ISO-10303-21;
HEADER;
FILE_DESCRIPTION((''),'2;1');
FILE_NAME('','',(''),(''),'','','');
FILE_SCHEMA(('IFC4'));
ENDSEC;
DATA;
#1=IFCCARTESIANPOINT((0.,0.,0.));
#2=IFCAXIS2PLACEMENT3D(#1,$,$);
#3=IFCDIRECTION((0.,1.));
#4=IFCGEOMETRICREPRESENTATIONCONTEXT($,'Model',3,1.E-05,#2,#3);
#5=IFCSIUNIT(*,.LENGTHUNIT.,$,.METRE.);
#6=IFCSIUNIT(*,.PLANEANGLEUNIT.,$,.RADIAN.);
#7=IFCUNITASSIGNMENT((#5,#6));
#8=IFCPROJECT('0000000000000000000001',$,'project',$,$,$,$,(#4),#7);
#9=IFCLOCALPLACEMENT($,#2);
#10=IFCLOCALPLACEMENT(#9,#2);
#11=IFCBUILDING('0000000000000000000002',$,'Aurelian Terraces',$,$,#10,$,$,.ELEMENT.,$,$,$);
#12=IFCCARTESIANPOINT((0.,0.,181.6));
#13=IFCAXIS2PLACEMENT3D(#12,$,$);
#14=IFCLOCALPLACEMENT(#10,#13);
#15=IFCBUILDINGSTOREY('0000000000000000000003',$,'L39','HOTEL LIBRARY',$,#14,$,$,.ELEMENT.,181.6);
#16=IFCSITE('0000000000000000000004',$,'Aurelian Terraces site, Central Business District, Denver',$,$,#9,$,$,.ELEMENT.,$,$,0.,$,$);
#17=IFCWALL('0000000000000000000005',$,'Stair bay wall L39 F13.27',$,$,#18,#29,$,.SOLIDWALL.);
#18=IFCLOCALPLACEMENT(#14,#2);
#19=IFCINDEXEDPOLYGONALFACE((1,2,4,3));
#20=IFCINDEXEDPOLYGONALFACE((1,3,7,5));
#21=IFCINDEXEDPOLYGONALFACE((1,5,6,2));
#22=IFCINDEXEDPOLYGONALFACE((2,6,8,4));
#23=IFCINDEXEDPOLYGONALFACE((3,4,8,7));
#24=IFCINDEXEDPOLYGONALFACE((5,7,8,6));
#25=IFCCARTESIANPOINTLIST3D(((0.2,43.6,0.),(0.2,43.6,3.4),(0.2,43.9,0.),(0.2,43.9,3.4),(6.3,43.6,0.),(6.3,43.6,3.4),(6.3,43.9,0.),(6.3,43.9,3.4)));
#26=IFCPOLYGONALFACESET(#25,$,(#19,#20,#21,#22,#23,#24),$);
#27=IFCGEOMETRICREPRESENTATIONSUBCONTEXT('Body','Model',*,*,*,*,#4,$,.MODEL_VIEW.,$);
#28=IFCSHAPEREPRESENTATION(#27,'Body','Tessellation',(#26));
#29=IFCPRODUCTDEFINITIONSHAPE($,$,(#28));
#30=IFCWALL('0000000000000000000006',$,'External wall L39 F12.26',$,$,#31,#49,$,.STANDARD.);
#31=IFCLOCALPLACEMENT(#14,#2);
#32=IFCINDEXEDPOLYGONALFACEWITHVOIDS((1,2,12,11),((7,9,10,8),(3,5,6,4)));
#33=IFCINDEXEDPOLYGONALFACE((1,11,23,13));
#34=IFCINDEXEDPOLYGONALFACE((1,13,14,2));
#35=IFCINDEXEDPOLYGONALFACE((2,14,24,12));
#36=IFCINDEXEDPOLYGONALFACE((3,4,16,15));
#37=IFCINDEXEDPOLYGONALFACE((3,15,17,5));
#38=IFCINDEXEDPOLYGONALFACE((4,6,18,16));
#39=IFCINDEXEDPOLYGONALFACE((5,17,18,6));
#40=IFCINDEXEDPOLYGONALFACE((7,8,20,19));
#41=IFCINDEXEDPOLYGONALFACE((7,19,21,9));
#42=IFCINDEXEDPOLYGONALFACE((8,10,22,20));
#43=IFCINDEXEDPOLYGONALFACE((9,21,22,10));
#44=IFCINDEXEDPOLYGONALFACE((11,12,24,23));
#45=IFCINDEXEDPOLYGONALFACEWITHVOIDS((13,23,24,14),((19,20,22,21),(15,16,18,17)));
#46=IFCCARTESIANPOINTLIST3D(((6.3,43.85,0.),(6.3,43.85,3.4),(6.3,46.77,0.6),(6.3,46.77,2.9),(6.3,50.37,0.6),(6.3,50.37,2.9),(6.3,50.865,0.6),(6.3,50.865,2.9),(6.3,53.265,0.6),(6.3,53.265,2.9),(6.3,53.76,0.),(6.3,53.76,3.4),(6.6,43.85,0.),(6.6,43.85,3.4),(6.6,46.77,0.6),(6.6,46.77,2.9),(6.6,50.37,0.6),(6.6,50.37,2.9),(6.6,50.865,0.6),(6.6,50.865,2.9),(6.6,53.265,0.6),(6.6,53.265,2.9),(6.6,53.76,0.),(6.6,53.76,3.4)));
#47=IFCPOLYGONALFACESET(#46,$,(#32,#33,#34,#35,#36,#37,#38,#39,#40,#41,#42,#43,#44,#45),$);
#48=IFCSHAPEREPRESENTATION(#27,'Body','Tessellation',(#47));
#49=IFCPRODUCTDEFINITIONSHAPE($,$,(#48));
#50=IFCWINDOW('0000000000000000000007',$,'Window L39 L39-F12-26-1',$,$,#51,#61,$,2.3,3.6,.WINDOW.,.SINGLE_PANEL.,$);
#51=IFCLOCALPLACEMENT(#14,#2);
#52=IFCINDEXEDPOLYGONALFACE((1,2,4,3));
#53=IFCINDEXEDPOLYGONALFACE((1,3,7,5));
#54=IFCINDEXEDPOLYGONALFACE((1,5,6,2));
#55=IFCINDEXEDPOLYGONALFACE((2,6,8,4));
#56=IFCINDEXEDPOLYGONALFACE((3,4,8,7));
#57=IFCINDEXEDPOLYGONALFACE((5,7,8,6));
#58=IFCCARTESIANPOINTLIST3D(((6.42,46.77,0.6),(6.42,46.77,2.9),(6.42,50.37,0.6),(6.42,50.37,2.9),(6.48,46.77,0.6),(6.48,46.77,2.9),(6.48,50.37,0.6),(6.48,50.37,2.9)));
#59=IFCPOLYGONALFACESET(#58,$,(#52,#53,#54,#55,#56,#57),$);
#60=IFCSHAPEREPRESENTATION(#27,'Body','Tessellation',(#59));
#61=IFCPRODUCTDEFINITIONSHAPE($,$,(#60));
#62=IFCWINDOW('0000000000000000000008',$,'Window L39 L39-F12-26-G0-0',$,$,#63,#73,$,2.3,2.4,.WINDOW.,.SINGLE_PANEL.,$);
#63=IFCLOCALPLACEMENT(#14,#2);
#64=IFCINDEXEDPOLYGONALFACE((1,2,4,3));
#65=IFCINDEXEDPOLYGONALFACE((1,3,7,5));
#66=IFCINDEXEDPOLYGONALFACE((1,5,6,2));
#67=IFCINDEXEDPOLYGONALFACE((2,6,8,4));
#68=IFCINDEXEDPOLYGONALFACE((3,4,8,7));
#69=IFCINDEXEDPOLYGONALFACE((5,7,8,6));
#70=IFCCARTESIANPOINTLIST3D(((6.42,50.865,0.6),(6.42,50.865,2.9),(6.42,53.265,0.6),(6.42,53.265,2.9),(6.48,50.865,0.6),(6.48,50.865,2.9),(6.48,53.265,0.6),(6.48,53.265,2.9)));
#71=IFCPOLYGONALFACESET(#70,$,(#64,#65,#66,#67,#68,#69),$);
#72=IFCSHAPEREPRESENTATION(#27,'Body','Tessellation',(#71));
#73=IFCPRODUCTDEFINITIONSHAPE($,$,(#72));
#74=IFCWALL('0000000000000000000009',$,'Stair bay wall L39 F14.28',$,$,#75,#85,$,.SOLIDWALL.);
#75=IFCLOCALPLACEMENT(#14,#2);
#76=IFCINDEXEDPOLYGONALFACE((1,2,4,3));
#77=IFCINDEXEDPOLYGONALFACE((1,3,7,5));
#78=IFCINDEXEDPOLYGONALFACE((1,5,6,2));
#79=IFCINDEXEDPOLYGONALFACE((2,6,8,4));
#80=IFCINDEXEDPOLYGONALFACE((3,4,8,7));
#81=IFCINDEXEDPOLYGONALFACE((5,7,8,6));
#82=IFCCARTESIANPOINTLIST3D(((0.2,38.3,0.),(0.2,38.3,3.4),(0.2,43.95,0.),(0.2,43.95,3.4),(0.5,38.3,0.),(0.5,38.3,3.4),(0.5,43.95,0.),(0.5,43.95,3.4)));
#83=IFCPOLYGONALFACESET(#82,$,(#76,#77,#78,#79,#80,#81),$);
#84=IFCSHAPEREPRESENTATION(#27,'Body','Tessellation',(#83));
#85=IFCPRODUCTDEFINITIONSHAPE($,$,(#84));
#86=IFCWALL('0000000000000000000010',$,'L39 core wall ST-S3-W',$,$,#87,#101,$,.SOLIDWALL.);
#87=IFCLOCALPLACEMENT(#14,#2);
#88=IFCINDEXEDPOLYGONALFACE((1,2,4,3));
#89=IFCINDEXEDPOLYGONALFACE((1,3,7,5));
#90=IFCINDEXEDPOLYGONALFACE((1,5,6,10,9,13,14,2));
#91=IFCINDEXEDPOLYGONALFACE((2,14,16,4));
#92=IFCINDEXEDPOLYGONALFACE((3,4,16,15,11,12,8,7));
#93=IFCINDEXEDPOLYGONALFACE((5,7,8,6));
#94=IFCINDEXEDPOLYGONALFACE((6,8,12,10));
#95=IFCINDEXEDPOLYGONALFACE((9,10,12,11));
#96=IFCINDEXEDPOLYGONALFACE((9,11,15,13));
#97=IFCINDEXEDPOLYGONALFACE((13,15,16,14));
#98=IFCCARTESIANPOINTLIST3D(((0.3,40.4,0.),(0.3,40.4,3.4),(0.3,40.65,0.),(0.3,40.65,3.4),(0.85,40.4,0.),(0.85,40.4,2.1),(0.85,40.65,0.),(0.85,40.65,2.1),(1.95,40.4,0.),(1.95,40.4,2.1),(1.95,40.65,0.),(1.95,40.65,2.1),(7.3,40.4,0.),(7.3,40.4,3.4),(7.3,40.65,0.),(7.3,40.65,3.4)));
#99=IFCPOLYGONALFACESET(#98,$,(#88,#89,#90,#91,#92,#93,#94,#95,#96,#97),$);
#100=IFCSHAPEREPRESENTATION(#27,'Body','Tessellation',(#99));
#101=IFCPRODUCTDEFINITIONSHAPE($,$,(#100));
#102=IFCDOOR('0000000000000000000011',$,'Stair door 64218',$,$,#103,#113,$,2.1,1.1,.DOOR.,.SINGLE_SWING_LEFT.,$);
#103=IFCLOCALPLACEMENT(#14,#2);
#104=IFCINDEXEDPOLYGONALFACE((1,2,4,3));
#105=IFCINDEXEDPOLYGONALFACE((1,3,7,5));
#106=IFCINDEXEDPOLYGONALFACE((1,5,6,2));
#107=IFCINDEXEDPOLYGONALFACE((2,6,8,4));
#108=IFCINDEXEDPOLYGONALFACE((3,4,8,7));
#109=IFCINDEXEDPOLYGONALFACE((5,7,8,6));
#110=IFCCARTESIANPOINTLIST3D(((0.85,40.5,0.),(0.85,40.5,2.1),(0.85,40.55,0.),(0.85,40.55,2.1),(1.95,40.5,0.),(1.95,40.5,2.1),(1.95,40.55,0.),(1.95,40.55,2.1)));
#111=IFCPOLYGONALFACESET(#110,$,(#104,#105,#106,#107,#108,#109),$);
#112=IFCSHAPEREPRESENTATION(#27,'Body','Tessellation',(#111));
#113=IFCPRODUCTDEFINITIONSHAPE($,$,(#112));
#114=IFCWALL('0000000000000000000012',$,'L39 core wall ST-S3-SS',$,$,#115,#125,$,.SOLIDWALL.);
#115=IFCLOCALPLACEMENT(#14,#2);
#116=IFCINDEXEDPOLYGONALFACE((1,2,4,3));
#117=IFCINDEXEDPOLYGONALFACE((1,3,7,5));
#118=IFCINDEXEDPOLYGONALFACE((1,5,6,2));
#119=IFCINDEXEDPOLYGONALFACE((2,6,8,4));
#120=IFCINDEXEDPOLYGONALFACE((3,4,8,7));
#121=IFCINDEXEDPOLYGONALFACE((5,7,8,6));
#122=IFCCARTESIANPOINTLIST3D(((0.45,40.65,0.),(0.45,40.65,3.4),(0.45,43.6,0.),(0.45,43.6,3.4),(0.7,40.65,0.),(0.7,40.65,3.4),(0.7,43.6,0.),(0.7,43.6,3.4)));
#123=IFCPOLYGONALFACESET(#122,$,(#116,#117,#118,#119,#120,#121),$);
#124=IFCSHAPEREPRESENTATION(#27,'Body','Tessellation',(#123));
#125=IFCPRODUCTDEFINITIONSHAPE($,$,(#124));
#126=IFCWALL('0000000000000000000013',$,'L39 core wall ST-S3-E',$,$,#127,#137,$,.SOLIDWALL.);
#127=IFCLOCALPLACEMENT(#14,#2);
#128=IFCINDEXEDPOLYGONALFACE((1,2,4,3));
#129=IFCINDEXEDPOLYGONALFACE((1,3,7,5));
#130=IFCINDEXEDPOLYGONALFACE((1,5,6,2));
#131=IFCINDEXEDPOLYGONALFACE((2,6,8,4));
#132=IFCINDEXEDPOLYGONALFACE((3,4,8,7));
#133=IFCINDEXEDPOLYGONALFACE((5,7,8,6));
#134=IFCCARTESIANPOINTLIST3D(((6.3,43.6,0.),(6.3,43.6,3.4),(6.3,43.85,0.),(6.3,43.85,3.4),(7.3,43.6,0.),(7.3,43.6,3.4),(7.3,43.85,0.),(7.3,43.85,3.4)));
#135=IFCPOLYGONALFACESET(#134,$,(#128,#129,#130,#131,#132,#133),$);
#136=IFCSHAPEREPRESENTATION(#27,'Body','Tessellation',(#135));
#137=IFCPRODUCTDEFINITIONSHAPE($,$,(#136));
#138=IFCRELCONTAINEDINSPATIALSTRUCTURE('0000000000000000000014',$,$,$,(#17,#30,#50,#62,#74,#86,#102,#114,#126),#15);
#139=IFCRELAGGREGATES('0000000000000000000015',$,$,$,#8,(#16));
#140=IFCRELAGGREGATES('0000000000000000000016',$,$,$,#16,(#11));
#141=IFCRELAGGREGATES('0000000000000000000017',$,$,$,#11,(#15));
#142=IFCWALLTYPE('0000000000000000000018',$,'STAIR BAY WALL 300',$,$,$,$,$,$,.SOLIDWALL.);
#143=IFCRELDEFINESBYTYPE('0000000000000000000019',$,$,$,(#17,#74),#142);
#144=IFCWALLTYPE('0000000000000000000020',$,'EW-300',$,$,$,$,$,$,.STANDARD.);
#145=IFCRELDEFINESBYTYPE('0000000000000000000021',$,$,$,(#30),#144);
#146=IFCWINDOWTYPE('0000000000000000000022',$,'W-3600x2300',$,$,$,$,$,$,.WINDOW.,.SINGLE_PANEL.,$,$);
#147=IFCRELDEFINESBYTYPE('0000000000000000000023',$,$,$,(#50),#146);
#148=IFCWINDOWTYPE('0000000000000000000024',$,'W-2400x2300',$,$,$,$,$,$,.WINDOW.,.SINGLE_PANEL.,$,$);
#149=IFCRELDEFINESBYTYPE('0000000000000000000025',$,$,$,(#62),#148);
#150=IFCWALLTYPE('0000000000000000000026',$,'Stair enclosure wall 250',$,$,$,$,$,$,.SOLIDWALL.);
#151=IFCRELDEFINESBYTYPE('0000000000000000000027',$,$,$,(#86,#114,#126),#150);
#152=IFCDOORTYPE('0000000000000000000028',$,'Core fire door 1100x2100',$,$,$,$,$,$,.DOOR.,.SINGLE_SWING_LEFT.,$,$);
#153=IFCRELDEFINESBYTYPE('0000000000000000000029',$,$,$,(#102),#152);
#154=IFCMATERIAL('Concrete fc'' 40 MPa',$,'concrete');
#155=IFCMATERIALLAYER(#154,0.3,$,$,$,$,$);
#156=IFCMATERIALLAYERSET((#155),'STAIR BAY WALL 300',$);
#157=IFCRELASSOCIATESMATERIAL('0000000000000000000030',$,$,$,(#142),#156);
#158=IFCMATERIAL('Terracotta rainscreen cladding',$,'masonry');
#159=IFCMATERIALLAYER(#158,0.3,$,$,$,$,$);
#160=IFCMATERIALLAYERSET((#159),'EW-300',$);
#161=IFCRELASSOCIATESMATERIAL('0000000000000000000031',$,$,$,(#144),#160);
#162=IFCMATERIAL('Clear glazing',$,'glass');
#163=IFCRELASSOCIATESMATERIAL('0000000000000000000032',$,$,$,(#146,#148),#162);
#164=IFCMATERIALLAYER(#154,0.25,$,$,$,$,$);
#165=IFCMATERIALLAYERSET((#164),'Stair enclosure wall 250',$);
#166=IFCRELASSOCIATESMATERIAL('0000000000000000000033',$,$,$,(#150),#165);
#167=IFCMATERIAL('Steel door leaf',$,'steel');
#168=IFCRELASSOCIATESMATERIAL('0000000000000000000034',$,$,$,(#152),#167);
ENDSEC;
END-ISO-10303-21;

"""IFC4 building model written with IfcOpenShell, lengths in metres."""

from ifc_helpers import new_model, si_unit, direction, frame, frame_2d, origin, place, context, subcontext, project, spatial, rectangle, extrude, source, transform, mapped, material, layer, layer_set, type_object, element, fill, save


model = new_model("IFC4")

# Units and contexts
model_context = context("Model", 3, precision=1e-05, world=origin(), true_north=direction((0.0, 1.0)))
body_context = subcontext(model_context, "Body", "Model", "MODEL_VIEW")
ifc_project = project(units=[si_unit("LENGTHUNIT", "METRE"), si_unit("PLANEANGLEUNIT", "RADIAN")], contexts=[model_context])

# Site, building, storey
site_placement = place(None, origin())
site = spatial("IfcSite", under=ifc_project, at=site_placement, Name="Aurelian Terraces site, Central Business District, Denver", CompositionType="ELEMENT", RefElevation=0.0)
building_placement = place(site_placement, origin())
building = spatial("IfcBuilding", under=site, at=building_placement, Name="Aurelian Terraces", CompositionType="ELEMENT")
storey_placement = place(building_placement, frame((0.0, 0.0, 181.6)))
storey = spatial("IfcBuildingStorey", under=building, at=storey_placement, Name="L39", Description="HOTEL LIBRARY", CompositionType="ELEMENT", Elevation=181.6)

# Wall
ifc_material_1 = material(Name="Concrete fc' 40 MPa", Category="concrete")
ifc_layer_1 = layer(ifc_material_1, 0.3)
ifc_layer_set_1 = layer_set([ifc_layer_1], Name="STAIR BAY WALL 300")
wall_type_1 = type_object("IfcWallType", Name="STAIR BAY WALL 300", PredefinedType="SOLIDWALL", material=ifc_layer_set_1)
shared_shape_1 = source(origin(), body_context, "Body", "SweptSolid", [
    extrude(rectangle(XDim=6.1, YDim=0.3, at=frame_2d((3.05, 0.0))), origin(), (0.0, 0.0, 1.0), 3.4),
])
wall_1_placement = place(storey_placement, frame((6.3, 43.75, 0.0), z_axis=(0.0, 0.0, 1.0), x_axis=(-1.0, 0.0, 0.0)))
element("IfcWall", 1, at=wall_1_placement, inside=storey, type_object=wall_type_1, Name="Stair bay wall L39 F13.27", PredefinedType="SOLIDWALL", context=body_context, shape_type="MappedRepresentation", body=[
    mapped(shared_shape_1, transform((0.0, 0.0, 0.0), scale=1.0)),
])

# Wall, openings, windows
ifc_material_2 = material(Name="Terracotta rainscreen cladding", Category="masonry")
ifc_layer_2 = layer(ifc_material_2, 0.3)
ifc_layer_set_2 = layer_set([ifc_layer_2], Name="EW-300")
wall_type_2 = type_object("IfcWallType", Name="EW-300", PredefinedType="STANDARD", material=ifc_layer_set_2)
shared_shape_2 = source(origin(), body_context, "Body", "SweptSolid", [
    extrude(rectangle(XDim=9.91, YDim=0.3, at=frame_2d((4.955, 0.0))), origin(), (0.0, 0.0, 1.0), 3.4),
])
wall_2_placement = place(storey_placement, frame((6.45, 53.76, 0.0), z_axis=(0.0, 0.0, 1.0), x_axis=(0.0, -1.0, 0.0)))
wall_2 = element("IfcWall", 2, at=wall_2_placement, inside=storey, type_object=wall_type_2, Name="External wall L39 F12.26", PredefinedType="STANDARD", context=body_context, shape_type="MappedRepresentation", body=[
    mapped(shared_shape_2, transform((0.0, 0.0, 0.0), scale=1.0)),
])
shared_shape_3 = source(origin(), body_context, "Body", "SweptSolid", [
    extrude(rectangle(XDim=3.6, YDim=2.3, at=frame_2d((1.8, 1.15))), frame((0.0, 0.16, 0.0), z_axis=(0.0, -1.0, 0.0), x_axis=(1.0, 0.0, 0.0)), (0.0, 0.0, 1.0), 0.32),
])
opening_1_placement = place(wall_2_placement, frame((3.39, 0.0, 0.6)))
opening_1 = element("IfcOpeningElement", 3, at=opening_1_placement, cuts=wall_2, PredefinedType="OPENING", context=body_context, shape_type="MappedRepresentation", body=[
    mapped(shared_shape_3, transform((0.0, 0.0, 0.0), scale=1.0)),
])
shared_shape_4 = source(origin(), body_context, "Body", "SweptSolid", [
    extrude(rectangle(XDim=2.4, YDim=2.3, at=frame_2d((1.2, 1.15))), frame((0.0, 0.16, 0.0), z_axis=(0.0, -1.0, 0.0), x_axis=(1.0, 0.0, 0.0)), (0.0, 0.0, 1.0), 0.32),
])
opening_2_placement = place(wall_2_placement, frame((0.495, 0.0, 0.6)))
opening_2 = element("IfcOpeningElement", 4, at=opening_2_placement, cuts=wall_2, PredefinedType="OPENING", context=body_context, shape_type="MappedRepresentation", body=[
    mapped(shared_shape_4, transform((0.0, 0.0, 0.0), scale=1.0)),
])
ifc_material_3 = material(Name="Clear glazing", Category="glass")
window_type_1 = type_object("IfcWindowType", Name="W-3600x2300", PartitioningType="SINGLE_PANEL", PredefinedType="WINDOW", material=ifc_material_3)
shared_shape_5 = source(origin(), body_context, "Body", "SweptSolid", [
    extrude(rectangle(XDim=3.6, YDim=2.3, at=frame_2d((1.8, 1.15))), frame((0.0, 0.03, 0.0), z_axis=(0.0, -1.0, 0.0), x_axis=(1.0, 0.0, 0.0)), (0.0, 0.0, 1.0), 0.06),
])
window_1_placement = place(opening_1_placement, origin())
window_1 = element("IfcWindow", 5, at=window_1_placement, inside=storey, type_object=window_type_1, Name="Window L39 L39-F12-26-1", OverallHeight=2.3, OverallWidth=3.6, PartitioningType="SINGLE_PANEL", PredefinedType="WINDOW", context=body_context, shape_type="MappedRepresentation", body=[
    mapped(shared_shape_5, transform((0.0, 0.0, 0.0), scale=1.0)),
])
fill(opening_1, window_1)
window_type_2 = type_object("IfcWindowType", Name="W-2400x2300", PartitioningType="SINGLE_PANEL", PredefinedType="WINDOW", material=ifc_material_3)
shared_shape_6 = source(origin(), body_context, "Body", "SweptSolid", [
    extrude(rectangle(XDim=2.4, YDim=2.3, at=frame_2d((1.2, 1.15))), frame((0.0, 0.03, 0.0), z_axis=(0.0, -1.0, 0.0), x_axis=(1.0, 0.0, 0.0)), (0.0, 0.0, 1.0), 0.06),
])
window_2_placement = place(opening_2_placement, origin())
window_2 = element("IfcWindow", 6, at=window_2_placement, inside=storey, type_object=window_type_2, Name="Window L39 L39-F12-26-G0-0", OverallHeight=2.3, OverallWidth=2.4, PartitioningType="SINGLE_PANEL", PredefinedType="WINDOW", context=body_context, shape_type="MappedRepresentation", body=[
    mapped(shared_shape_6, transform((0.0, 0.0, 0.0), scale=1.0)),
])
fill(opening_2, window_2)

# Wall
shared_shape_7 = source(origin(), body_context, "Body", "SweptSolid", [
    extrude(rectangle(XDim=5.65, YDim=0.3, at=frame_2d((2.825, 0.0))), origin(), (0.0, 0.0, 1.0), 3.4),
])
wall_3_placement = place(storey_placement, frame((0.35, 43.95, 0.0), z_axis=(0.0, 0.0, 1.0), x_axis=(0.0, -1.0, 0.0)))
element("IfcWall", 7, at=wall_3_placement, inside=storey, type_object=wall_type_1, Name="Stair bay wall L39 F14.28", PredefinedType="SOLIDWALL", context=body_context, shape_type="MappedRepresentation", body=[
    mapped(shared_shape_7, transform((0.0, 0.0, 0.0), scale=1.0)),
])

# Wall, opening, door
ifc_layer_3 = layer(ifc_material_1, 0.25)
ifc_layer_set_3 = layer_set([ifc_layer_3], Name="Stair enclosure wall 250")
wall_type_3 = type_object("IfcWallType", Name="Stair enclosure wall 250", PredefinedType="SOLIDWALL", material=ifc_layer_set_3)
shared_shape_8 = source(origin(), body_context, "Body", "SweptSolid", [
    extrude(rectangle(XDim=7.0, YDim=0.25, at=frame_2d((3.5, 0.0))), origin(), (0.0, 0.0, 1.0), 3.4),
])
wall_4_placement = place(storey_placement, frame((0.3, 40.525, 0.0), z_axis=(0.0, 0.0, 1.0), x_axis=(1.0, 0.0, 0.0)))
wall_4 = element("IfcWall", 8, at=wall_4_placement, inside=storey, type_object=wall_type_3, Name="L39 core wall ST-S3-W", PredefinedType="SOLIDWALL", context=body_context, shape_type="MappedRepresentation", body=[
    mapped(shared_shape_8, transform((0.0, 0.0, 0.0), scale=1.0)),
])
shared_shape_9 = source(origin(), body_context, "Body", "SweptSolid", [
    extrude(rectangle(XDim=1.1, YDim=2.1, at=frame_2d((0.55, 1.05))), frame((0.0, 0.135, 0.0), z_axis=(0.0, -1.0, 0.0), x_axis=(1.0, 0.0, 0.0)), (0.0, 0.0, 1.0), 0.27),
])
opening_3_placement = place(wall_4_placement, frame((0.55, 0.0, 0.0)))
opening_3 = element("IfcOpeningElement", 9, at=opening_3_placement, cuts=wall_4, PredefinedType="OPENING", context=body_context, shape_type="MappedRepresentation", body=[
    mapped(shared_shape_9, transform((0.0, 0.0, 0.0), scale=1.0)),
])
ifc_material_4 = material(Name="Steel door leaf", Category="steel")
door_type = type_object("IfcDoorType", Name="Core fire door 1100x2100", OperationType="SINGLE_SWING_LEFT", PredefinedType="DOOR", material=ifc_material_4)
shared_shape_10 = source(origin(), body_context, "Body", "SweptSolid", [
    extrude(rectangle(XDim=1.1, YDim=2.1, at=frame_2d((0.55, 1.05))), frame((0.0, 0.025, 0.0), z_axis=(0.0, -1.0, 0.0), x_axis=(1.0, 0.0, 0.0)), (0.0, 0.0, 1.0), 0.05),
])
door_placement = place(opening_3_placement, origin())
door = element("IfcDoor", 10, at=door_placement, inside=storey, type_object=door_type, Name="Stair door 64218", OperationType="SINGLE_SWING_LEFT", OverallHeight=2.1, OverallWidth=1.1, PredefinedType="DOOR", context=body_context, shape_type="MappedRepresentation", body=[
    mapped(shared_shape_10, transform((0.0, 0.0, 0.0), scale=1.0)),
])
fill(opening_3, door)

# Walls
shared_shape_11 = source(origin(), body_context, "Body", "SweptSolid", [
    extrude(rectangle(XDim=2.95, YDim=0.25, at=frame_2d((1.475, 0.0))), origin(), (0.0, 0.0, 1.0), 3.4),
])
wall_5_placement = place(storey_placement, frame((0.575, 40.65, 0.0), z_axis=(0.0, 0.0, 1.0), x_axis=(0.0, 1.0, 0.0)))
element("IfcWall", 11, at=wall_5_placement, inside=storey, type_object=wall_type_3, Name="L39 core wall ST-S3-SS", PredefinedType="SOLIDWALL", context=body_context, shape_type="MappedRepresentation", body=[
    mapped(shared_shape_11, transform((0.0, 0.0, 0.0), scale=1.0)),
])
shared_shape_12 = source(origin(), body_context, "Body", "SweptSolid", [
    extrude(rectangle(XDim=1.0, YDim=0.25, at=frame_2d((0.5, 0.0))), origin(), (0.0, 0.0, 1.0), 3.4),
])
wall_6_placement = place(storey_placement, frame((6.3, 43.725, 0.0), z_axis=(0.0, 0.0, 1.0), x_axis=(1.0, 0.0, 0.0)))
element("IfcWall", 12, at=wall_6_placement, inside=storey, type_object=wall_type_3, Name="L39 core wall ST-S3-E", PredefinedType="SOLIDWALL", context=body_context, shape_type="MappedRepresentation", body=[
    mapped(shared_shape_12, transform((0.0, 0.0, 0.0), scale=1.0)),
])

save(model, "model.ifc")
